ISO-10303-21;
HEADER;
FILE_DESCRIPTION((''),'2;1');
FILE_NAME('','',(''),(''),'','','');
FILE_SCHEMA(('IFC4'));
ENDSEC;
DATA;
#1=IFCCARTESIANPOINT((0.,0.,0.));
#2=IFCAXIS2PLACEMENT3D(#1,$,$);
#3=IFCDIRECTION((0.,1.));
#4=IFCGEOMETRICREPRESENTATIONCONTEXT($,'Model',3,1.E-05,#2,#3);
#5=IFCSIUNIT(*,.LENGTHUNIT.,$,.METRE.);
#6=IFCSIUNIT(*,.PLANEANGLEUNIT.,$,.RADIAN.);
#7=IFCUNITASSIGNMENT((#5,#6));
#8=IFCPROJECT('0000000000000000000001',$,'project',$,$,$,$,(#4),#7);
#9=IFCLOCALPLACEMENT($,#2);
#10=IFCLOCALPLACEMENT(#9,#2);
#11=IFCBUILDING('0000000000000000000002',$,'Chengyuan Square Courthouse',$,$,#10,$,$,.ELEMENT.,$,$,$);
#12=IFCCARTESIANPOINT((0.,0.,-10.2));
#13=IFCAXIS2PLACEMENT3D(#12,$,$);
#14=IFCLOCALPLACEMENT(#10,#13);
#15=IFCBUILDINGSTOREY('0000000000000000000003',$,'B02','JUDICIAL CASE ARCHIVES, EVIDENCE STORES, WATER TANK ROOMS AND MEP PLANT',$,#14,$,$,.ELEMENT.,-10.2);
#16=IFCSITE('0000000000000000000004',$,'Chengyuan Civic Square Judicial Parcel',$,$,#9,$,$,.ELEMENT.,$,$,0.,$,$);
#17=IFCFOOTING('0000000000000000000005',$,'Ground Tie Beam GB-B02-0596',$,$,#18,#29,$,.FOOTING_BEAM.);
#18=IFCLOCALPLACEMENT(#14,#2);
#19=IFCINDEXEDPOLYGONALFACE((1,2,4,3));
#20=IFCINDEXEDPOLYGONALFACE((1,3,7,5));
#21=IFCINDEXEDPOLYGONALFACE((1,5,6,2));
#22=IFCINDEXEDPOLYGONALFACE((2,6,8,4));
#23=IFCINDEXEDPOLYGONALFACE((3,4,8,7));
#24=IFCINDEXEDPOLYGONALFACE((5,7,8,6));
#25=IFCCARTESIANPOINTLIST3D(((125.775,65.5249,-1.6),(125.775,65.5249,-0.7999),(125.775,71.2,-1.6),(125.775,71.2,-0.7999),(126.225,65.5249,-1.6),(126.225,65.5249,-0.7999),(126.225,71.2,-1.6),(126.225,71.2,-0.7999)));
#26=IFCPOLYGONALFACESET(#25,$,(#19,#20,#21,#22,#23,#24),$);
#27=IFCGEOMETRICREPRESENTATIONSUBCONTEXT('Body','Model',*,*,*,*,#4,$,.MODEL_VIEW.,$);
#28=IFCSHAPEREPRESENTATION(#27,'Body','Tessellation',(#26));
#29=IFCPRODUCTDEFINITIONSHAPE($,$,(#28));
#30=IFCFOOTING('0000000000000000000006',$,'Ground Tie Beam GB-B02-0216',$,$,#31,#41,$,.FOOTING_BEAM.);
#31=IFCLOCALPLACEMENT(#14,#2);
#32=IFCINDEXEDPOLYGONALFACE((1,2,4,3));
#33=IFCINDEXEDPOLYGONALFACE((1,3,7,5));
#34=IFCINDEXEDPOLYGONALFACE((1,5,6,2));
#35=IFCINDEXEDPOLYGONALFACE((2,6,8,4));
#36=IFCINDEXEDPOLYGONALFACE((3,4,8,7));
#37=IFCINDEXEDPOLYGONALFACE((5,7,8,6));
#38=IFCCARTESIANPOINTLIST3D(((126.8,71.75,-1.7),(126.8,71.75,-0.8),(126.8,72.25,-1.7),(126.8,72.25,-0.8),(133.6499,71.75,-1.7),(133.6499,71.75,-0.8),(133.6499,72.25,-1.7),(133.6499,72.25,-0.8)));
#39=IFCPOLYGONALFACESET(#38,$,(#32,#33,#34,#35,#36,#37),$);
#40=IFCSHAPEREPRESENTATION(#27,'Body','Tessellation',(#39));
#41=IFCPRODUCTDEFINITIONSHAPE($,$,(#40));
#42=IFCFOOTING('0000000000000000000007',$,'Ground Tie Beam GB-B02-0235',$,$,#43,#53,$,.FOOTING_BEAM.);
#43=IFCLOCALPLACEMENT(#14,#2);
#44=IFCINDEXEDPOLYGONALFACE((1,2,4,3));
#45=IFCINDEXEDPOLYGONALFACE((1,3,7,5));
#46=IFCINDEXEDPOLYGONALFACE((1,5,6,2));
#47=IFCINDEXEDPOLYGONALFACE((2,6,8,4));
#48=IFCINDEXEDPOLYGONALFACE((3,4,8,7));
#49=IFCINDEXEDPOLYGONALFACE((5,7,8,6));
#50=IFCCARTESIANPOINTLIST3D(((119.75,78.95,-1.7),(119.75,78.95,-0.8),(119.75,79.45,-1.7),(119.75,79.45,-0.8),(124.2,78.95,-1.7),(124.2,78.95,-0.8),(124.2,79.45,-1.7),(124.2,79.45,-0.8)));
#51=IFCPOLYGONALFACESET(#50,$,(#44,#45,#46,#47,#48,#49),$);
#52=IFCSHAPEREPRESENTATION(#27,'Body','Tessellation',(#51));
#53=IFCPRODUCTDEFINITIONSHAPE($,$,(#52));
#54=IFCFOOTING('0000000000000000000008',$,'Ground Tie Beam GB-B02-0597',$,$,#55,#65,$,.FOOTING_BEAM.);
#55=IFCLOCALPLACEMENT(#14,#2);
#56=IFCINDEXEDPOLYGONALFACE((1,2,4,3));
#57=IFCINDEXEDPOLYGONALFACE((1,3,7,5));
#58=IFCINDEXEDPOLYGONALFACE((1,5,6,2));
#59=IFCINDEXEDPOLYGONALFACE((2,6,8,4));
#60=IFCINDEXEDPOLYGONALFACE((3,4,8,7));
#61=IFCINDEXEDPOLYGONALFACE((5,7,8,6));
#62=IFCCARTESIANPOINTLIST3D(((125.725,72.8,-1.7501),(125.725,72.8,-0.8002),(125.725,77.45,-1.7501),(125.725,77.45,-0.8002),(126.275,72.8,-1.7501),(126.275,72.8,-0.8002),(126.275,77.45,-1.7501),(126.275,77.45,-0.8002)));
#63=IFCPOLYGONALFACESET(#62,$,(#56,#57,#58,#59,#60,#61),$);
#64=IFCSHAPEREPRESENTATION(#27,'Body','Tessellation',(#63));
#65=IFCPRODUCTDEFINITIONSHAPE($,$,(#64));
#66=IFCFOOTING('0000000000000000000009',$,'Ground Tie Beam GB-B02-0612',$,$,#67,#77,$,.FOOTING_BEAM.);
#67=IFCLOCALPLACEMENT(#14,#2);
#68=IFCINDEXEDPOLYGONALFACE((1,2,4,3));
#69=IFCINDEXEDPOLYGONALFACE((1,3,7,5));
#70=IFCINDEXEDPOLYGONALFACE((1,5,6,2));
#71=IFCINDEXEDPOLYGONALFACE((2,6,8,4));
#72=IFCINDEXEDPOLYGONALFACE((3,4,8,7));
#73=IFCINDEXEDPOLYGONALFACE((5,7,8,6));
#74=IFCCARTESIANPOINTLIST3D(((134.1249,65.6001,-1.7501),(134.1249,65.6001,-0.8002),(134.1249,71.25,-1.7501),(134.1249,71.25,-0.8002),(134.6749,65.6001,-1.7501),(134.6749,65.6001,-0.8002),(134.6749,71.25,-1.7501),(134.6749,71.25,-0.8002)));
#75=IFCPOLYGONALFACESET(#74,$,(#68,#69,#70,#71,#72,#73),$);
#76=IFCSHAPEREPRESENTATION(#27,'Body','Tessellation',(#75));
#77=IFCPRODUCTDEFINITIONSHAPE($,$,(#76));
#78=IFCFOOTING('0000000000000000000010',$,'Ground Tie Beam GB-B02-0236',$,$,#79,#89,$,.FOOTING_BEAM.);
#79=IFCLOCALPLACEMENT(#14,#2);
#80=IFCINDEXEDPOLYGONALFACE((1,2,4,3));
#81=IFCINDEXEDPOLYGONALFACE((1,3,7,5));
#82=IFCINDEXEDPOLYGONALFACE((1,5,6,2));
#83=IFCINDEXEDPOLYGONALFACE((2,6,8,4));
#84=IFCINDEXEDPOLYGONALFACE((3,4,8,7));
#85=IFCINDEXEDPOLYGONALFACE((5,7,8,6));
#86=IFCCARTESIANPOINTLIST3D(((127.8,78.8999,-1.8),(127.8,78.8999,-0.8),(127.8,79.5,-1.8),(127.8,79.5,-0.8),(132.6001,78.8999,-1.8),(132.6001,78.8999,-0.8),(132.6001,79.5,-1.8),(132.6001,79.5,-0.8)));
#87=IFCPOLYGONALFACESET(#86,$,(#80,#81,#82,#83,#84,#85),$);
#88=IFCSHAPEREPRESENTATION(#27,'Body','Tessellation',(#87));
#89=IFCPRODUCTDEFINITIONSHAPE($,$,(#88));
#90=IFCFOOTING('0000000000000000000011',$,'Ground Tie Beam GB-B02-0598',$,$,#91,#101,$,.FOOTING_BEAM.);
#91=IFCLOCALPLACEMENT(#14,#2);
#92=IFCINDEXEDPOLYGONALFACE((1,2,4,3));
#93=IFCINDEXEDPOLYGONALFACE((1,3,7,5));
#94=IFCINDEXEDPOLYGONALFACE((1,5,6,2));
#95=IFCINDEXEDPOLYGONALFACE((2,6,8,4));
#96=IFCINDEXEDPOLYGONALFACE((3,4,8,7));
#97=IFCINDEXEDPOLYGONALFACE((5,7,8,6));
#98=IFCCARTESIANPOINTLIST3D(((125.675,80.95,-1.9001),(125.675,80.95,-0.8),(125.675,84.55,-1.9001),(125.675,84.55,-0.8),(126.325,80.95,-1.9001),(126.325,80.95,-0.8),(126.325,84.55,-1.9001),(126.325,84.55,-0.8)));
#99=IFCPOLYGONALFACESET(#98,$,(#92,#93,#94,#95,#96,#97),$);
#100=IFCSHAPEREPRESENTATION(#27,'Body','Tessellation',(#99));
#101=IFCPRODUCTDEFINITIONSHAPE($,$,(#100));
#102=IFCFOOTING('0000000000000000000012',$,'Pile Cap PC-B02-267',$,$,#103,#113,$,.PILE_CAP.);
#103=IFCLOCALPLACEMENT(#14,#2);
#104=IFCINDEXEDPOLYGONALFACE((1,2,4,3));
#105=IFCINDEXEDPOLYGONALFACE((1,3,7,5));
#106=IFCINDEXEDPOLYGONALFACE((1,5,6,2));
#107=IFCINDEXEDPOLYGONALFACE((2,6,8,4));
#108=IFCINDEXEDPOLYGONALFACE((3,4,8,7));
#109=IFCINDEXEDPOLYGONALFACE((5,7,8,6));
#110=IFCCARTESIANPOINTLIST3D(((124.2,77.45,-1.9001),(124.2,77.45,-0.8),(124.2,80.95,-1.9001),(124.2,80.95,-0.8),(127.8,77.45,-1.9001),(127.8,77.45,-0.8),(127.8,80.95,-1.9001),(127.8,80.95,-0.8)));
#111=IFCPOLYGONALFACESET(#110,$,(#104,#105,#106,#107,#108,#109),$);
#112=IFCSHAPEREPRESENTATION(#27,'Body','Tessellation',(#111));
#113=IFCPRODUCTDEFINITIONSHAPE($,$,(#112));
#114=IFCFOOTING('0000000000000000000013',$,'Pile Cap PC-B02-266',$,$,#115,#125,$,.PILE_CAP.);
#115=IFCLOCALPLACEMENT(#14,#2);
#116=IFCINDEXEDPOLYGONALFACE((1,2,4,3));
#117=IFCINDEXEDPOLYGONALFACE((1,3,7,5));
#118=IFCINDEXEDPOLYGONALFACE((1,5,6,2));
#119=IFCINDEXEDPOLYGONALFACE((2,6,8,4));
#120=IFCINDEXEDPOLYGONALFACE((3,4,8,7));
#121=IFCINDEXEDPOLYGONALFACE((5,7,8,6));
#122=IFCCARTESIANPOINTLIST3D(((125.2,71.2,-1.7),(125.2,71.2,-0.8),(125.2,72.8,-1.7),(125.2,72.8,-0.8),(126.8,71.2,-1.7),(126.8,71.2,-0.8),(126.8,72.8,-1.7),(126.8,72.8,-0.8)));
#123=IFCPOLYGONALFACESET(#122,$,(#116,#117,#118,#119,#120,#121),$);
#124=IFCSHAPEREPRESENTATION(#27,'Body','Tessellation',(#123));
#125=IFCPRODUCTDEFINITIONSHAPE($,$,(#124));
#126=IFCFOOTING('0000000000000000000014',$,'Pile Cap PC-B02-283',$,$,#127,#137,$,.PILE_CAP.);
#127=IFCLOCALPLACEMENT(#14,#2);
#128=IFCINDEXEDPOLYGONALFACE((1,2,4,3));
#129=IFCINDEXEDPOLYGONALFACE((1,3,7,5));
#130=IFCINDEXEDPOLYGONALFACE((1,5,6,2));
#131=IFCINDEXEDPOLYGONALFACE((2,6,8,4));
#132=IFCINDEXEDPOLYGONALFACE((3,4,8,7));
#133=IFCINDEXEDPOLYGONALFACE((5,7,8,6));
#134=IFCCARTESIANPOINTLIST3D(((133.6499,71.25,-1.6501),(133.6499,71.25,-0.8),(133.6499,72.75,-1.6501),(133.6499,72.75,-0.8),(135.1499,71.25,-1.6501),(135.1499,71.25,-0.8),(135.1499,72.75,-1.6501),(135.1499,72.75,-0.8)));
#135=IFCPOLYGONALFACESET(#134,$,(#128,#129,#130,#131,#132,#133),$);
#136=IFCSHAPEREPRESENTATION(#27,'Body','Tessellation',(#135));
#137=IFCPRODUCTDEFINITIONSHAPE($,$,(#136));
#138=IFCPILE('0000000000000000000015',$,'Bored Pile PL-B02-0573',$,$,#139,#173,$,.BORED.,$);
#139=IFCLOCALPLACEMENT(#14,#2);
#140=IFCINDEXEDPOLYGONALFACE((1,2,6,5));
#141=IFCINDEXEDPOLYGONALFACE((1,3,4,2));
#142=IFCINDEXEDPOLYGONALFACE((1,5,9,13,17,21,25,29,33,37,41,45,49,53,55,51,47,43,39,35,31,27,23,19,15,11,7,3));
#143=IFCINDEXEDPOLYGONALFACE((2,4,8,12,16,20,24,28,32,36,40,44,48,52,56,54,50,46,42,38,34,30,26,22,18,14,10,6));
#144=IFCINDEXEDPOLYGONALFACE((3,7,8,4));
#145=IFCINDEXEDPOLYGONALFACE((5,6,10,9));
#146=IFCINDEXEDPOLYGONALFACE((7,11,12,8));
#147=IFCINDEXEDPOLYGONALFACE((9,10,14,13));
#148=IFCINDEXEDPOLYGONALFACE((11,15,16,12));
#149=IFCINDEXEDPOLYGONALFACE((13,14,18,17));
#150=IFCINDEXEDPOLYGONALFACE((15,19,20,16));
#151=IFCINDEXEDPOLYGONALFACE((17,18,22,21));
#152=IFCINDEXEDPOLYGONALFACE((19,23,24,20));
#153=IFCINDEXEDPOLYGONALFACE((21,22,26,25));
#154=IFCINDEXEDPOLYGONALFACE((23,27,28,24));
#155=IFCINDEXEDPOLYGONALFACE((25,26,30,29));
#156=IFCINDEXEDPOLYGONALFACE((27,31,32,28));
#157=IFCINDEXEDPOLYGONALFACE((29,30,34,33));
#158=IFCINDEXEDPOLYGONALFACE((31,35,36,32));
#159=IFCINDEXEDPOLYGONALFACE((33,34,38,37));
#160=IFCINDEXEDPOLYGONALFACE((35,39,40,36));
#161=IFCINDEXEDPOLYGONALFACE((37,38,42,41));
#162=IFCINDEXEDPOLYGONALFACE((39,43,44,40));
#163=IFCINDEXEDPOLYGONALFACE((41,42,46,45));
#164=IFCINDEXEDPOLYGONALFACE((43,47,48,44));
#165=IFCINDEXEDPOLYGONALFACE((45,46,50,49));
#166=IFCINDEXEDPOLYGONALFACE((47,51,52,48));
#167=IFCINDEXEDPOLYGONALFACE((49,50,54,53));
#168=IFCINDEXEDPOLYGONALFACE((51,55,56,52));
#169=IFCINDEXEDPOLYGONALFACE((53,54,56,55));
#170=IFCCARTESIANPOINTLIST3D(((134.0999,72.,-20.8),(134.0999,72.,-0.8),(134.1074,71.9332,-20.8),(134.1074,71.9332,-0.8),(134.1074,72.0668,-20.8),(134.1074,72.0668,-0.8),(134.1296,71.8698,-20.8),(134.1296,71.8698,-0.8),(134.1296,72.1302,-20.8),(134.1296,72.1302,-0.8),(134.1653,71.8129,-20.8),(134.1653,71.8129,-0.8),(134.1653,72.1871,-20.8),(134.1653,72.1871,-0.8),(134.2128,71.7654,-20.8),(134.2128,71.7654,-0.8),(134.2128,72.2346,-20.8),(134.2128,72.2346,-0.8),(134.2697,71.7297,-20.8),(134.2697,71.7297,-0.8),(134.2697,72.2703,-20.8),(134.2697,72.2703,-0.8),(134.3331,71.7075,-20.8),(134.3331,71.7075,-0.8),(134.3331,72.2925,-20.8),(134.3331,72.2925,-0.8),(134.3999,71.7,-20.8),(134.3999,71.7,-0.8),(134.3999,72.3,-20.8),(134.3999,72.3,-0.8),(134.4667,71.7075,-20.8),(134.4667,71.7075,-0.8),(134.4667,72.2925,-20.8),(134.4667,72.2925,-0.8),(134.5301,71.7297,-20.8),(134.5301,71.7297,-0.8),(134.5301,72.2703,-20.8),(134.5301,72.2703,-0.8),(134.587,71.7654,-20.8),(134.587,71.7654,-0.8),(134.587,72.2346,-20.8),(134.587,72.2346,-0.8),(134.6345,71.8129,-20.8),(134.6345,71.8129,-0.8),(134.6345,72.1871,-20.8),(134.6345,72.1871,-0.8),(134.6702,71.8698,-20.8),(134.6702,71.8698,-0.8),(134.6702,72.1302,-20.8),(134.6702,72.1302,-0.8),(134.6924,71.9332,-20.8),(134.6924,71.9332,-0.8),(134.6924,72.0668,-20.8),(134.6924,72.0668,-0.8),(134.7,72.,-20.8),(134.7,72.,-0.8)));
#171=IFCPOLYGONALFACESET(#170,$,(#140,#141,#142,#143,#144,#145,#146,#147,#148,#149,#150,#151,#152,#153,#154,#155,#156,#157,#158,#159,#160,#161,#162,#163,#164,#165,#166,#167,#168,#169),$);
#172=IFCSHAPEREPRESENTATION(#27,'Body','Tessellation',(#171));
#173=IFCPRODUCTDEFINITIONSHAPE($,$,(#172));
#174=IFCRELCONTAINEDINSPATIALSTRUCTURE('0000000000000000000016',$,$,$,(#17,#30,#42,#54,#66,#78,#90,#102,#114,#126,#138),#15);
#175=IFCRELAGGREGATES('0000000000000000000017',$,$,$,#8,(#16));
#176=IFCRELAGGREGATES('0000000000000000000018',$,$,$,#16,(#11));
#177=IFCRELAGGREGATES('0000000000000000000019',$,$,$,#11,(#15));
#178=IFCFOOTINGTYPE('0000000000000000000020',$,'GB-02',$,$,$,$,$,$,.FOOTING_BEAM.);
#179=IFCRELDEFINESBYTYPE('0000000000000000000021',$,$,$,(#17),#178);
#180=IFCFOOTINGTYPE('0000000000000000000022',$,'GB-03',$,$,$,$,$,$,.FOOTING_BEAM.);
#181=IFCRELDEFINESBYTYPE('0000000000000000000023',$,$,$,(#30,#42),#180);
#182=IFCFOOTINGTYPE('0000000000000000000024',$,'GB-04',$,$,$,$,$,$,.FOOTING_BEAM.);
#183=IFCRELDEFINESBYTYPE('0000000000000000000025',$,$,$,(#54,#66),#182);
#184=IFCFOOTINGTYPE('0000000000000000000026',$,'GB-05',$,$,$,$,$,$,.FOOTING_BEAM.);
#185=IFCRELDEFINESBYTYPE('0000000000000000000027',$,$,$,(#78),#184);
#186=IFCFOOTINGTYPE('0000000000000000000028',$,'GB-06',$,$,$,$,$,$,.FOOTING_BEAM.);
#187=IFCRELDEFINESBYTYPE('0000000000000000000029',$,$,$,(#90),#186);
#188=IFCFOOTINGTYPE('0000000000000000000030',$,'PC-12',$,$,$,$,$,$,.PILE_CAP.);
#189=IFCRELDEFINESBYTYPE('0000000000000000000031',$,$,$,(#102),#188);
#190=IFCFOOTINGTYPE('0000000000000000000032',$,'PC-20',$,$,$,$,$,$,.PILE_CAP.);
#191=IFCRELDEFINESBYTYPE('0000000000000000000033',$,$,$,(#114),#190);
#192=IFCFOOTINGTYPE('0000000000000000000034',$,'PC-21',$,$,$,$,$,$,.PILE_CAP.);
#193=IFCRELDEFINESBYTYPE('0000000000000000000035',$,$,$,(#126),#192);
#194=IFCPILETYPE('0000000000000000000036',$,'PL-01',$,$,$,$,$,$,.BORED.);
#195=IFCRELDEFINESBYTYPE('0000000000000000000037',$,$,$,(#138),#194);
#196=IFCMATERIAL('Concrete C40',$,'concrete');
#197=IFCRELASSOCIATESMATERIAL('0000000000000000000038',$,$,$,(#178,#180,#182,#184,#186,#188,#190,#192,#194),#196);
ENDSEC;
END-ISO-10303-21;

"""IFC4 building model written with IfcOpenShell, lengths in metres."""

from ifc_helpers import new_model, si_unit, direction, frame, origin, origin_2d, place, context, subcontext, project, spatial, rectangle, circle, extrude, material, material_profile, profile_set, type_object, element, save


model = new_model("IFC4")

# Units and contexts
model_context = context("Model", 3, precision=1e-05, world=origin(), true_north=direction((0.0, 1.0)))
body_context = subcontext(model_context, "Body", "Model", "MODEL_VIEW")
ifc_project = project(units=[si_unit("LENGTHUNIT", "METRE"), si_unit("PLANEANGLEUNIT", "RADIAN")], contexts=[model_context])

# Site, building, storey
site_placement = place(None, origin())
site = spatial("IfcSite", under=ifc_project, at=site_placement, Name="Chengyuan Civic Square Judicial Parcel", CompositionType="ELEMENT", RefElevation=0.0)
building_placement = place(site_placement, origin())
building = spatial("IfcBuilding", under=site, at=building_placement, Name="Chengyuan Square Courthouse", CompositionType="ELEMENT")
storey_placement = place(building_placement, frame((0.0, 0.0, -10.2)))
storey = spatial("IfcBuildingStorey", under=building, at=storey_placement, Name="B02", Description="JUDICIAL CASE ARCHIVES, EVIDENCE STORES, WATER TANK ROOMS AND MEP PLANT", CompositionType="ELEMENT", Elevation=-10.2)

# Footings
ifc_material_1 = material(Name="Concrete C40", Category="concrete")
ifc_material_profile_1 = material_profile(ifc_material_1, rectangle(XDim=0.45, YDim=0.8, at=origin_2d()), Name="GB-450x800")
ifc_profile_set_1 = profile_set([ifc_material_profile_1], Name="Concrete C40")
footing_type_1 = type_object("IfcFootingType", Name="GB-02", PredefinedType="FOOTING_BEAM", material=ifc_profile_set_1)
footing_1_placement = place(storey_placement, frame((126.0, 65.5249, -1.2), z_axis=(0.0, 1.0, 0.0), x_axis=(-1.0, 0.0, 0.0)))
element("IfcFooting", 1, at=footing_1_placement, inside=storey, type_object=footing_type_1, Name="Ground Tie Beam GB-B02-0596", PredefinedType="FOOTING_BEAM", context=body_context, shape_type="SweptSolid", body=[
    extrude(rectangle(XDim=0.45, YDim=0.8, at=origin_2d()), origin(), (0.0, 0.0, 1.0), 5.675),
])
ifc_material_profile_2 = material_profile(ifc_material_1, rectangle(XDim=0.5, YDim=0.8999, at=origin_2d()), Name="GB-500x900")
ifc_profile_set_2 = profile_set([ifc_material_profile_2], Name="Concrete C40")
footing_type_2 = type_object("IfcFootingType", Name="GB-03", PredefinedType="FOOTING_BEAM", material=ifc_profile_set_2)
footing_2_placement = place(storey_placement, frame((126.8, 72.0, -1.25), z_axis=(1.0, 0.0, 0.0), x_axis=(0.0, 1.0, 0.0)))
element("IfcFooting", 2, at=footing_2_placement, inside=storey, type_object=footing_type_2, Name="Ground Tie Beam GB-B02-0216", PredefinedType="FOOTING_BEAM", context=body_context, shape_type="SweptSolid", body=[
    extrude(rectangle(XDim=0.5, YDim=0.8999, at=origin_2d()), origin(), (0.0, 0.0, 1.0), 6.8499),
])
footing_3_placement = place(storey_placement, frame((119.75, 79.2, -1.25), z_axis=(1.0, 0.0, 0.0), x_axis=(0.0, 1.0, 0.0)))
element("IfcFooting", 3, at=footing_3_placement, inside=storey, type_object=footing_type_2, Name="Ground Tie Beam GB-B02-0235", PredefinedType="FOOTING_BEAM", context=body_context, shape_type="SweptSolid", body=[
    extrude(rectangle(XDim=0.5, YDim=0.8999, at=origin_2d()), origin(), (0.0, 0.0, 1.0), 4.45),
])
ifc_material_profile_3 = material_profile(ifc_material_1, rectangle(XDim=0.55, YDim=0.95, at=origin_2d()), Name="GB-550x950")
ifc_profile_set_3 = profile_set([ifc_material_profile_3], Name="Concrete C40")
footing_type_3 = type_object("IfcFootingType", Name="GB-04", PredefinedType="FOOTING_BEAM", material=ifc_profile_set_3)
footing_4_placement = place(storey_placement, frame((126.0, 72.8, -1.2751), z_axis=(0.0, 1.0, 0.0), x_axis=(-1.0, 0.0, 0.0)))
element("IfcFooting", 4, at=footing_4_placement, inside=storey, type_object=footing_type_3, Name="Ground Tie Beam GB-B02-0597", PredefinedType="FOOTING_BEAM", context=body_context, shape_type="SweptSolid", body=[
    extrude(rectangle(XDim=0.55, YDim=0.95, at=origin_2d()), origin(), (0.0, 0.0, 1.0), 4.6499),
])
footing_5_placement = place(storey_placement, frame((134.3999, 65.6001, -1.2751), z_axis=(0.0, 1.0, 0.0), x_axis=(-1.0, 0.0, 0.0)))
element("IfcFooting", 5, at=footing_5_placement, inside=storey, type_object=footing_type_3, Name="Ground Tie Beam GB-B02-0612", PredefinedType="FOOTING_BEAM", context=body_context, shape_type="SweptSolid", body=[
    extrude(rectangle(XDim=0.55, YDim=0.95, at=origin_2d()), origin(), (0.0, 0.0, 1.0), 5.6499),
])
ifc_material_profile_4 = material_profile(ifc_material_1, rectangle(XDim=0.6001, YDim=1.0, at=origin_2d()), Name="GB-600x1000")
ifc_profile_set_4 = profile_set([ifc_material_profile_4], Name="Concrete C40")
footing_type_4 = type_object("IfcFootingType", Name="GB-05", PredefinedType="FOOTING_BEAM", material=ifc_profile_set_4)
footing_6_placement = place(storey_placement, frame((127.8, 79.2, -1.3), z_axis=(1.0, 0.0, 0.0), x_axis=(0.0, 1.0, 0.0)))
element("IfcFooting", 6, at=footing_6_placement, inside=storey, type_object=footing_type_4, Name="Ground Tie Beam GB-B02-0236", PredefinedType="FOOTING_BEAM", context=body_context, shape_type="SweptSolid", body=[
    extrude(rectangle(XDim=0.6001, YDim=1.0, at=origin_2d()), origin(), (0.0, 0.0, 1.0), 4.8),
])
ifc_material_profile_5 = material_profile(ifc_material_1, rectangle(XDim=0.6499, YDim=1.1001, at=origin_2d()), Name="GB-650x1100")
ifc_profile_set_5 = profile_set([ifc_material_profile_5], Name="Concrete C40")
footing_type_5 = type_object("IfcFootingType", Name="GB-06", PredefinedType="FOOTING_BEAM", material=ifc_profile_set_5)
footing_7_placement = place(storey_placement, frame((126.0, 80.95, -1.3501), z_axis=(0.0, 1.0, 0.0), x_axis=(-1.0, 0.0, 0.0)))
element("IfcFooting", 7, at=footing_7_placement, inside=storey, type_object=footing_type_5, Name="Ground Tie Beam GB-B02-0598", PredefinedType="FOOTING_BEAM", context=body_context, shape_type="SweptSolid", body=[
    extrude(rectangle(XDim=0.6499, YDim=1.1001, at=origin_2d()), origin(), (0.0, 0.0, 1.0), 3.6001),
])
footing_type_6 = type_object("IfcFootingType", Name="PC-12", PredefinedType="PILE_CAP", material=ifc_material_1)
footing_8_placement = place(storey_placement, frame((126.0, 79.2, -1.9001), z_axis=(0.0, 0.0, 1.0), x_axis=(1.0, 0.0, 0.0)))
element("IfcFooting", 8, at=footing_8_placement, inside=storey, type_object=footing_type_6, Name="Pile Cap PC-B02-267", PredefinedType="PILE_CAP", context=body_context, shape_type="SweptSolid", body=[
    extrude(rectangle(XDim=3.6001, YDim=3.5, at=origin_2d()), origin(), (0.0, 0.0, 1.0), 1.1001),
])
footing_type_7 = type_object("IfcFootingType", Name="PC-20", PredefinedType="PILE_CAP", material=ifc_material_1)
footing_9_placement = place(storey_placement, frame((126.0, 72.0, -1.7), z_axis=(0.0, 0.0, 1.0), x_axis=(1.0, 0.0, 0.0)))
element("IfcFooting", 9, at=footing_9_placement, inside=storey, type_object=footing_type_7, Name="Pile Cap PC-B02-266", PredefinedType="PILE_CAP", context=body_context, shape_type="SweptSolid", body=[
    extrude(rectangle(XDim=1.6001, YDim=1.6001, at=origin_2d()), origin(), (0.0, 0.0, 1.0), 0.8999),
])
footing_type_8 = type_object("IfcFootingType", Name="PC-21", PredefinedType="PILE_CAP", material=ifc_material_1)
footing_10_placement = place(storey_placement, frame((134.3999, 72.0, -1.6501), z_axis=(0.0, 0.0, 1.0), x_axis=(1.0, 0.0, 0.0)))
element("IfcFooting", 10, at=footing_10_placement, inside=storey, type_object=footing_type_8, Name="Pile Cap PC-B02-283", PredefinedType="PILE_CAP", context=body_context, shape_type="SweptSolid", body=[
    extrude(rectangle(XDim=1.5, YDim=1.5, at=origin_2d()), origin(), (0.0, 0.0, 1.0), 0.8501),
])

# Pile
ifc_material_profile_6 = material_profile(ifc_material_1, circle(Radius=0.3, at=origin_2d()), Name="BORED PILE D600")
ifc_profile_set_6 = profile_set([ifc_material_profile_6], Name="Concrete C40")
pile_type_1 = type_object("IfcPileType", Name="PL-01", PredefinedType="BORED", material=ifc_profile_set_6)
pile_1_placement = place(storey_placement, frame((134.3999, 72.0, -0.8), z_axis=(0.0, 0.0, -1.0), x_axis=(1.0, 0.0, 0.0)))
element("IfcPile", 11, at=pile_1_placement, inside=storey, type_object=pile_type_1, Name="Bored Pile PL-B02-0573", PredefinedType="BORED", context=body_context, shape_type="SweptSolid", body=[
    extrude(circle(Radius=0.3, at=origin_2d()), origin(), (0.0, 0.0, 1.0), 20.0),
])

save(model, "model.ifc")
